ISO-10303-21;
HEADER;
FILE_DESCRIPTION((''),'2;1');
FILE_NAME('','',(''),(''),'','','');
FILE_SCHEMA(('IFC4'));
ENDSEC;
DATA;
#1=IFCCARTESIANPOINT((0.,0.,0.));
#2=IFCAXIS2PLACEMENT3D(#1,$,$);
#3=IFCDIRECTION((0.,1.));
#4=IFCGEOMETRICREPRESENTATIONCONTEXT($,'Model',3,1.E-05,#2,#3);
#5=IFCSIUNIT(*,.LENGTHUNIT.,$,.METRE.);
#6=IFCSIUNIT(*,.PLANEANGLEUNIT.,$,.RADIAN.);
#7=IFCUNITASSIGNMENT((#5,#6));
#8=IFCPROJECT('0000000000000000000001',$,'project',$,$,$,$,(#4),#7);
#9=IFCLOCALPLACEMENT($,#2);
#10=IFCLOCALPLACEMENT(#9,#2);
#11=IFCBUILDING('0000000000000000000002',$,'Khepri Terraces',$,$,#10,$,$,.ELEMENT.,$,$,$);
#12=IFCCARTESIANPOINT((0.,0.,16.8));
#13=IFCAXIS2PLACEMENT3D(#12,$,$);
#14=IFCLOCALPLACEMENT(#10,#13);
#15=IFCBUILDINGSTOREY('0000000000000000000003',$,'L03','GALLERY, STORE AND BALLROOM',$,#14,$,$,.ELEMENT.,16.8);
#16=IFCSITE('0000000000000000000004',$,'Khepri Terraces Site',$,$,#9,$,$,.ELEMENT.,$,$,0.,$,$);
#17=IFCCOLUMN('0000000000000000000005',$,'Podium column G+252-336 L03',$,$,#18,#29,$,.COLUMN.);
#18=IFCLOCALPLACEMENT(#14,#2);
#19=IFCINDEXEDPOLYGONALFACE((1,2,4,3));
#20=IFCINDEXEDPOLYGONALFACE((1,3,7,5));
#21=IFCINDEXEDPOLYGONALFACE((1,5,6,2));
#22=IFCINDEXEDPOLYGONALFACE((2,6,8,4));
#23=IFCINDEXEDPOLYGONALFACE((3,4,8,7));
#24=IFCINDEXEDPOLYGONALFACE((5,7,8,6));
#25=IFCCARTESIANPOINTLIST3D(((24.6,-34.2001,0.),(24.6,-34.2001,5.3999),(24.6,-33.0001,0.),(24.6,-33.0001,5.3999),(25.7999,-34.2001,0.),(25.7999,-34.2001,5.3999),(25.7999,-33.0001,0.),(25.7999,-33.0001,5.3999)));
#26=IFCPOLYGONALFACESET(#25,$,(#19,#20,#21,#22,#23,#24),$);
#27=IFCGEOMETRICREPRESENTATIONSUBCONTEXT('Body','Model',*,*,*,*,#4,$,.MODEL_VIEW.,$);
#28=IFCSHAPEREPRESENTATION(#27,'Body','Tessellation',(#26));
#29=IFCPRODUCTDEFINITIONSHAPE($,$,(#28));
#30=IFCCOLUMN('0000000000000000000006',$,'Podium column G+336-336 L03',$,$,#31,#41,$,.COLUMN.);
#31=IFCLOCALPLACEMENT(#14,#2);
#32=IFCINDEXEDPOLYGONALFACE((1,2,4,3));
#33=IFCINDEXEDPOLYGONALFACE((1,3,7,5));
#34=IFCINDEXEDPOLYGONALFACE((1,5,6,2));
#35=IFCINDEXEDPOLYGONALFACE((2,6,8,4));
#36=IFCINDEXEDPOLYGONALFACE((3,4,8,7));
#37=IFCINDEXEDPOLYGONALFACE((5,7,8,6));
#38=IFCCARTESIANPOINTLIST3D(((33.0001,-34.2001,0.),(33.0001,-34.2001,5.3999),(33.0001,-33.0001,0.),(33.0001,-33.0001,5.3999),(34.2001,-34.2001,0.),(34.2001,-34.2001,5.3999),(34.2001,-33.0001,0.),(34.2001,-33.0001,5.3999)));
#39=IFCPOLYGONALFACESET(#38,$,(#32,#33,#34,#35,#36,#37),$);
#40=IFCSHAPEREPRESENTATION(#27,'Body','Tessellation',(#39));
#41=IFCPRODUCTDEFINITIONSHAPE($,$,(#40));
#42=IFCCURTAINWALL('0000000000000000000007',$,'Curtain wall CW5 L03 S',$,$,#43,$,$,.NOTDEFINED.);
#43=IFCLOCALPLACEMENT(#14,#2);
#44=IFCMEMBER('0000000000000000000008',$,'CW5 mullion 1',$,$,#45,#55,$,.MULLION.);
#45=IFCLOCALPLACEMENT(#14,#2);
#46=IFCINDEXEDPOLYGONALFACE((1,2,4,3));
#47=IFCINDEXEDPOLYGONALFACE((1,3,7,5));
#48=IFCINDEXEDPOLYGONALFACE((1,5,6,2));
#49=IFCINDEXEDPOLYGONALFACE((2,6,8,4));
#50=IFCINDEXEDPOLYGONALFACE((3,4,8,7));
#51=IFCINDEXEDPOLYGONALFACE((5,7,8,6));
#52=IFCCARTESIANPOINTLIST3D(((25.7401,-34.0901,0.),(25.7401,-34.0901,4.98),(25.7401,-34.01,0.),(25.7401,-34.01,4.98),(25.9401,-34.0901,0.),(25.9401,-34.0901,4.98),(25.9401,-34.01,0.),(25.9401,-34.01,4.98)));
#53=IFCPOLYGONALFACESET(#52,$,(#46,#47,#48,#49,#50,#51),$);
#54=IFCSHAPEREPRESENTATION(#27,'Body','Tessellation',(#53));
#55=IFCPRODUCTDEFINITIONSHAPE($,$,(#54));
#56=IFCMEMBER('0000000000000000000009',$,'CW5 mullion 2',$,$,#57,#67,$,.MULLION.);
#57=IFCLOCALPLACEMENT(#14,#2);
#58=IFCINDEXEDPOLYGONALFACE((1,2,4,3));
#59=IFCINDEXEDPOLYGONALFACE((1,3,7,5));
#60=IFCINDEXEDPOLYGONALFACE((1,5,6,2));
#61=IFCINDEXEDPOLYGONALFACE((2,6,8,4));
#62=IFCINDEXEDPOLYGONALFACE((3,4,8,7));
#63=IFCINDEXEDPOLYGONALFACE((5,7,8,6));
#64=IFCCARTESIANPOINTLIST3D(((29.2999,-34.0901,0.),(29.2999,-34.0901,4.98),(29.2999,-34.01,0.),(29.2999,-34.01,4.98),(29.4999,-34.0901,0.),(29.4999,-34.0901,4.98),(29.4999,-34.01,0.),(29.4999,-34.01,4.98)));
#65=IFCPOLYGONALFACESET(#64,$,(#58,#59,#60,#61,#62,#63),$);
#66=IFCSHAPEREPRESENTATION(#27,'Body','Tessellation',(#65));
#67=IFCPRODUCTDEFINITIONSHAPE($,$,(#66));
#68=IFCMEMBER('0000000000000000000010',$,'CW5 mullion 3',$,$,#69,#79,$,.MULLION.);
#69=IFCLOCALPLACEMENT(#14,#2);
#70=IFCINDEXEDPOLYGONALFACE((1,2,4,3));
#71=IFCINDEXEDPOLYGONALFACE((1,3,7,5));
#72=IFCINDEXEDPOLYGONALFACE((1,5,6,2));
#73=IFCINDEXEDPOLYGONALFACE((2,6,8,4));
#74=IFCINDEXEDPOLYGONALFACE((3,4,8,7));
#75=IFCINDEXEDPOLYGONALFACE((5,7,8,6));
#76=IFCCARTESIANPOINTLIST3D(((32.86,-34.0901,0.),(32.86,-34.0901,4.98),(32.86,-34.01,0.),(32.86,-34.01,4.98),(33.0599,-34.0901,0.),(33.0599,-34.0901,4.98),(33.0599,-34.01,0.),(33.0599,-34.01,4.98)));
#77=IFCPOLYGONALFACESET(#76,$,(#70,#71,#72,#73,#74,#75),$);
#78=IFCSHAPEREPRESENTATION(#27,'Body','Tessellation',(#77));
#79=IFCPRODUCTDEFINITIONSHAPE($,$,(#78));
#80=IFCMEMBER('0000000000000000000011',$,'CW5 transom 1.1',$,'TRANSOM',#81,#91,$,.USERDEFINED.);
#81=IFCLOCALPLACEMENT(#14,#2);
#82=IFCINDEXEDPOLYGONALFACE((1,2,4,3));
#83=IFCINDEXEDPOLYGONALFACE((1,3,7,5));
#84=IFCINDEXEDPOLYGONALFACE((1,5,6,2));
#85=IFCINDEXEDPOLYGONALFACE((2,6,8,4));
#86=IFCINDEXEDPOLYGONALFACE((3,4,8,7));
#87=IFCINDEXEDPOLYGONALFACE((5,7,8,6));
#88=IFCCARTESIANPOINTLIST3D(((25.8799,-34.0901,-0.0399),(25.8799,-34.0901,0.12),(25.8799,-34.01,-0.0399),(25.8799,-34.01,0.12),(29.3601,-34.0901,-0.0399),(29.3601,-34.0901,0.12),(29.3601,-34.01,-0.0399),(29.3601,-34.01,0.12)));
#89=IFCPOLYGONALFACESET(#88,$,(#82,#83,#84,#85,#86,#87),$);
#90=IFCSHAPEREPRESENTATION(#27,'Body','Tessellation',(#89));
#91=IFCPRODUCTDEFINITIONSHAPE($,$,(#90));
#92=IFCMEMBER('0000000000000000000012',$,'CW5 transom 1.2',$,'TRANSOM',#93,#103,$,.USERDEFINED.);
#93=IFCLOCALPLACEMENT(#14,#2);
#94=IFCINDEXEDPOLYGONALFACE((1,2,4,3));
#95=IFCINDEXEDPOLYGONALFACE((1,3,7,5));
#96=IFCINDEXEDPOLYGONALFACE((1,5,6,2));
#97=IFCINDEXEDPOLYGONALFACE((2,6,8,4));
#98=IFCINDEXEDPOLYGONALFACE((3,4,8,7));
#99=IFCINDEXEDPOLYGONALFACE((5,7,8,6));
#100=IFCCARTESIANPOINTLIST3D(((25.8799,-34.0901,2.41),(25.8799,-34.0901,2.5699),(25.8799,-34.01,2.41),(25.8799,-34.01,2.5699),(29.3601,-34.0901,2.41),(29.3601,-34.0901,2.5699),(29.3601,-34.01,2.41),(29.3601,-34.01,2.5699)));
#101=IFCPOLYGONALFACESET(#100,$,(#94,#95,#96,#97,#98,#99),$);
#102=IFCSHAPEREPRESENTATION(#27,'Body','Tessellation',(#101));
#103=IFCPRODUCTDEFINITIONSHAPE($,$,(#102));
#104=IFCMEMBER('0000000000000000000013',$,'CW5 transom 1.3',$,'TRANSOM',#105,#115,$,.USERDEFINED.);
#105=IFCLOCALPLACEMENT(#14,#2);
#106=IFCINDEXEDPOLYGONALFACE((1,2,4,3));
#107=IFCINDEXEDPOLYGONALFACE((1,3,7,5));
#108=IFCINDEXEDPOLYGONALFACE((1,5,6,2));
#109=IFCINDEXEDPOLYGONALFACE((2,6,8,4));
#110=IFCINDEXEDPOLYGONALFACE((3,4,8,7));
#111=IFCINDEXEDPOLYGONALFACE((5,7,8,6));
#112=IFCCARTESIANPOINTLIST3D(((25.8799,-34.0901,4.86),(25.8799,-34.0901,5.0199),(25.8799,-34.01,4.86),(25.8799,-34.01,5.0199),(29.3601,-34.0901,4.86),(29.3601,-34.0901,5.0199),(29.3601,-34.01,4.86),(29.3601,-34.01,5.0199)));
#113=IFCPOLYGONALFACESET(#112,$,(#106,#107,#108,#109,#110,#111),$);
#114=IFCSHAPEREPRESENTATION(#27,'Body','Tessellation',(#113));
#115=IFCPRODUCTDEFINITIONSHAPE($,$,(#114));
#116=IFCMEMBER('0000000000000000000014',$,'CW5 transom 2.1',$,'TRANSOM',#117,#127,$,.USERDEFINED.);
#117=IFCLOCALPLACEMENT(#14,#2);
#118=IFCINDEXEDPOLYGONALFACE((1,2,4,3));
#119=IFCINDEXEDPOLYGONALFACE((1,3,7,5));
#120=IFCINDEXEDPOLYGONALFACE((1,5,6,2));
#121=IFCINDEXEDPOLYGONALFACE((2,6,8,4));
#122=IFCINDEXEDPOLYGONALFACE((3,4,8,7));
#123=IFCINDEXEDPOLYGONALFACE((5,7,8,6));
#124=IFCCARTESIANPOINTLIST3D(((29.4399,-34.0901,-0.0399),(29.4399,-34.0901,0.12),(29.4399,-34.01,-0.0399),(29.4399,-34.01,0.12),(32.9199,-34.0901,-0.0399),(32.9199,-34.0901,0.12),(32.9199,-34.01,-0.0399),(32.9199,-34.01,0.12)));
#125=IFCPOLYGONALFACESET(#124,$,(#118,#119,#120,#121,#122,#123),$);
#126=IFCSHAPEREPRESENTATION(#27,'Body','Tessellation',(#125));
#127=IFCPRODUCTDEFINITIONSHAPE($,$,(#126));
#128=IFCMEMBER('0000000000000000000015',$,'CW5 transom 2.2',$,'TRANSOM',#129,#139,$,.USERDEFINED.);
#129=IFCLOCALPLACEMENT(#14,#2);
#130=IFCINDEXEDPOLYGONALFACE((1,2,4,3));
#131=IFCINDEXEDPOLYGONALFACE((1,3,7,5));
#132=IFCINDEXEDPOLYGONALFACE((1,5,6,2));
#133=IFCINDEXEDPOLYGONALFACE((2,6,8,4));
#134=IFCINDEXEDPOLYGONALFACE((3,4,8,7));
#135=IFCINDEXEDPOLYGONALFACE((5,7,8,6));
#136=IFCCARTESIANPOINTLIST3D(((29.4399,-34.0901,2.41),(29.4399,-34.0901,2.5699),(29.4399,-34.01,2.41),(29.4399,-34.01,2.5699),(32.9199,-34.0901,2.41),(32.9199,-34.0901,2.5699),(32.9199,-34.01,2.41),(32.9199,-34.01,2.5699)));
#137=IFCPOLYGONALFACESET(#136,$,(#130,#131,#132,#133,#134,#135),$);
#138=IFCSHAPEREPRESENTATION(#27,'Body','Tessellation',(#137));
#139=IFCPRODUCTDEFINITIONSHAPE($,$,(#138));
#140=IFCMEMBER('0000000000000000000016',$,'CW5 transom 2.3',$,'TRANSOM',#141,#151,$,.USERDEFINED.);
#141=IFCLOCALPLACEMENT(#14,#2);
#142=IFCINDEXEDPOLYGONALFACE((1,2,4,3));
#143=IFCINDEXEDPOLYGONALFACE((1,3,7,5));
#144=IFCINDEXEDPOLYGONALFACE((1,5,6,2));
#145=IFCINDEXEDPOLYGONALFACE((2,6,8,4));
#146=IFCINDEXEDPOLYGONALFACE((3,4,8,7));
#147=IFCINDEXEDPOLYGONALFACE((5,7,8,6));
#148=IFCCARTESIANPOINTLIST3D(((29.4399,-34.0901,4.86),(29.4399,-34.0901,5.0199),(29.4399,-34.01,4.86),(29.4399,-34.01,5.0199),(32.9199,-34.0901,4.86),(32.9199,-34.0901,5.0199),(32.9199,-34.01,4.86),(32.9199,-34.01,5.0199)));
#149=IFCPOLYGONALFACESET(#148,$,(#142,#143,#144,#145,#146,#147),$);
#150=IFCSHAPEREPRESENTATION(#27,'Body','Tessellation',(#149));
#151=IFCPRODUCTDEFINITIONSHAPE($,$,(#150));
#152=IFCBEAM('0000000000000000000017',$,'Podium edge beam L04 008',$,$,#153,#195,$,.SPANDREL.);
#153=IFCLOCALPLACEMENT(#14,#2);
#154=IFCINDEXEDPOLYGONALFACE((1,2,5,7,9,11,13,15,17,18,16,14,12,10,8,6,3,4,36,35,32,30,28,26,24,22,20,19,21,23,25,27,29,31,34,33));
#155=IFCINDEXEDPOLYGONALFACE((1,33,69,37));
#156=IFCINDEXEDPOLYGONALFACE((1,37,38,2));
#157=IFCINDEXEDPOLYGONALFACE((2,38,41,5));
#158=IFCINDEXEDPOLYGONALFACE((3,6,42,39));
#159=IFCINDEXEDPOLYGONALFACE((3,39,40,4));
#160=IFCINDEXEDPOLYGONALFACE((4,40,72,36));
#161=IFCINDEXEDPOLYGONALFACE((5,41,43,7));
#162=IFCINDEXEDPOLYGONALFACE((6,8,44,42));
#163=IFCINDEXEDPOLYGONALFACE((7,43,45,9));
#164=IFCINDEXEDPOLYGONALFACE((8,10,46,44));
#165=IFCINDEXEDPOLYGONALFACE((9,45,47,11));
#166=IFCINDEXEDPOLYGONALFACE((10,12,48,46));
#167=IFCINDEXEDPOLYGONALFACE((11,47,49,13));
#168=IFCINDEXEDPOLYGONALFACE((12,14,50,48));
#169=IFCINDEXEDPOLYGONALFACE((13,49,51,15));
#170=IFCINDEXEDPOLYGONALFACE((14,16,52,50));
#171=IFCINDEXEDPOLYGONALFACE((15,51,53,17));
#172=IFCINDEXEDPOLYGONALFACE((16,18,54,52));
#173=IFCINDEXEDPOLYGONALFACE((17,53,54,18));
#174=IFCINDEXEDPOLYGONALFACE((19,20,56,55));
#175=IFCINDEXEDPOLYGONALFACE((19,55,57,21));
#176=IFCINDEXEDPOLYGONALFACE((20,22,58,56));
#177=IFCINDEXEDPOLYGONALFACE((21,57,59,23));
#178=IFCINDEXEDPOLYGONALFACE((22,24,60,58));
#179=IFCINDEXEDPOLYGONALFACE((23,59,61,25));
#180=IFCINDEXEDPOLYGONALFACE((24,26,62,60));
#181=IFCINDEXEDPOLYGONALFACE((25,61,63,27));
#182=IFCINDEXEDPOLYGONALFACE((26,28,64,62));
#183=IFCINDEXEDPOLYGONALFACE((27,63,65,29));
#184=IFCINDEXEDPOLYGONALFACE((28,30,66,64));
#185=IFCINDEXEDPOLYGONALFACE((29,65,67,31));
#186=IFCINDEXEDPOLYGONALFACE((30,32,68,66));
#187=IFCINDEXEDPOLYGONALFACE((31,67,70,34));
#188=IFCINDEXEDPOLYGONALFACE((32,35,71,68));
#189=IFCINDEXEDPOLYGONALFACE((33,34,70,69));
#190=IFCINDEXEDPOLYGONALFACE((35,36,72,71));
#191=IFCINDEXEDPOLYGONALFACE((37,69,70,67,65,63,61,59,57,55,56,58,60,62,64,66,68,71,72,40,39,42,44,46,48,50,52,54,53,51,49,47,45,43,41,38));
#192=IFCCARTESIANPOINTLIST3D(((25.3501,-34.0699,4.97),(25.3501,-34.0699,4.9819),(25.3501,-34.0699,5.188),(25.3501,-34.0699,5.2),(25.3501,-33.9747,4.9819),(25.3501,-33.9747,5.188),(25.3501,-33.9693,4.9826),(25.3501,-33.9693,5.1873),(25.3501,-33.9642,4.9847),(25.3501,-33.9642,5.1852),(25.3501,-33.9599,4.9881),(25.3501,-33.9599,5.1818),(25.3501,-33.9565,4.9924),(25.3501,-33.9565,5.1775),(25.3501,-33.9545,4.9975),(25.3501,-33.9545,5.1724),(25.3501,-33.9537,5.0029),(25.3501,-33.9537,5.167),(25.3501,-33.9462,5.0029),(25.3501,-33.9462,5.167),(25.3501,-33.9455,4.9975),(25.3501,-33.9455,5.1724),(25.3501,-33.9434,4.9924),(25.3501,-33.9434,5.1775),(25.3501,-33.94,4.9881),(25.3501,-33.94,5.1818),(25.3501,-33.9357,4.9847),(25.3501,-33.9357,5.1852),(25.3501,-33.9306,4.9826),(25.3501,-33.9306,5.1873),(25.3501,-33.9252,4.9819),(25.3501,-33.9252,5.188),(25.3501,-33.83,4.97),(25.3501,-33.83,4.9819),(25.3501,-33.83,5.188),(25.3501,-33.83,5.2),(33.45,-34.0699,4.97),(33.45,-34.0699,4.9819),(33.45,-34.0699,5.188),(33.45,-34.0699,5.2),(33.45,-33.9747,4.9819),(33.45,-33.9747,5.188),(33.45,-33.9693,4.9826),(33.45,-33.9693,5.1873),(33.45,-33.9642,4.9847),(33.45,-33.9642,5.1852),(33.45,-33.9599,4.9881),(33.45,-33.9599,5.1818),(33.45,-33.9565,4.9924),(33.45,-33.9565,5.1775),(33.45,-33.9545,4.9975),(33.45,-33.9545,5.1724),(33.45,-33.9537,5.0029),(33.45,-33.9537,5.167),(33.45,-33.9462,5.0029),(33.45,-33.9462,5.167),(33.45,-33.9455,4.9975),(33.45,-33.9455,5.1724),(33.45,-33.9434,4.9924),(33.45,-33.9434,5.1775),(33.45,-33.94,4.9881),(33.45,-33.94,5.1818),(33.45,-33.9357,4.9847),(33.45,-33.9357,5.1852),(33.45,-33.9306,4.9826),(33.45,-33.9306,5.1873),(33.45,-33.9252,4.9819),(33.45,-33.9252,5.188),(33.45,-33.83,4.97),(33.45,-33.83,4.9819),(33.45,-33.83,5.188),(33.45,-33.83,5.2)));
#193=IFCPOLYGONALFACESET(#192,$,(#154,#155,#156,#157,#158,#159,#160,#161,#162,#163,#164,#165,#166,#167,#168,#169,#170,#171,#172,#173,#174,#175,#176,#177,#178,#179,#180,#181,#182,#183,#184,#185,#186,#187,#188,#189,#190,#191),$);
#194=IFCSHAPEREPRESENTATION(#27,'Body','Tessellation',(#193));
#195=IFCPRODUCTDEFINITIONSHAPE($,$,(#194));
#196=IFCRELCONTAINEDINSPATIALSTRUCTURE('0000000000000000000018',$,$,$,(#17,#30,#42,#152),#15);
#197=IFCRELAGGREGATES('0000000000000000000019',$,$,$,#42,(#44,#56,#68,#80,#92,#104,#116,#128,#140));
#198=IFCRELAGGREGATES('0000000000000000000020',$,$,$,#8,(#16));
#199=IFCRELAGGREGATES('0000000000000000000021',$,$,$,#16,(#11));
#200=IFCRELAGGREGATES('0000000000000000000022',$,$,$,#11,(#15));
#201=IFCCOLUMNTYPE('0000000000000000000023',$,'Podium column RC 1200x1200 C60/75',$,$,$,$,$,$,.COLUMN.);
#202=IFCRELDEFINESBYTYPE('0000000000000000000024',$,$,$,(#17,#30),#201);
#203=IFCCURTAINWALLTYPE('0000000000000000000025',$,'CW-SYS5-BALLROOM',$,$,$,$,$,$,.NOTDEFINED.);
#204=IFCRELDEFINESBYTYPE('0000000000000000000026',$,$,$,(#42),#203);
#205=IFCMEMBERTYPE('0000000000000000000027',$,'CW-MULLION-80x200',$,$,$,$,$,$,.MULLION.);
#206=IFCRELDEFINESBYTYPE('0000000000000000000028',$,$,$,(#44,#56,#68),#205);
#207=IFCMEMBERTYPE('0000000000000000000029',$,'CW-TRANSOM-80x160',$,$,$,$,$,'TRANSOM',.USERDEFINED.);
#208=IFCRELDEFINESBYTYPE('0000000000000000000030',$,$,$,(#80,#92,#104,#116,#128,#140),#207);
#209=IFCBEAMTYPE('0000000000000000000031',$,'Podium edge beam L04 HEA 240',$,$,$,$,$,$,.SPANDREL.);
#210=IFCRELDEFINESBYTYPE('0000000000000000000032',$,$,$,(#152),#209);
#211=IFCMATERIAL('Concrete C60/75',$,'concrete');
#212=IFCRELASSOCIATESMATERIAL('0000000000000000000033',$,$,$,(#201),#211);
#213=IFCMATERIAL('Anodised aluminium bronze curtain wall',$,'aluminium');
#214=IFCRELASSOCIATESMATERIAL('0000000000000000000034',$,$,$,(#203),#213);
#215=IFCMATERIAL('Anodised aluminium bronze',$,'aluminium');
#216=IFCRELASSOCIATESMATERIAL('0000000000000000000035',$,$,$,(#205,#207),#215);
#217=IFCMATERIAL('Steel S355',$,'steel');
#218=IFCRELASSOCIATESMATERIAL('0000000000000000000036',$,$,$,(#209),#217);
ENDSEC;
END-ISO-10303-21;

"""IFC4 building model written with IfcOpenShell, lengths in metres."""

from ifc_helpers import new_model, si_unit, direction, frame, origin, origin_2d, place, context, subcontext, project, spatial, rectangle, i_section, extrude, material, material_profile, profile_set, type_object, element, aggregate, save


model = new_model("IFC4")

# Units and contexts
model_context = context("Model", 3, precision=1e-05, world=origin(), true_north=direction((0.0, 1.0)))
body_context = subcontext(model_context, "Body", "Model", "MODEL_VIEW")
ifc_project = project(units=[si_unit("LENGTHUNIT", "METRE"), si_unit("PLANEANGLEUNIT", "RADIAN")], contexts=[model_context])

# Site, building, storey
site_placement = place(None, origin())
site = spatial("IfcSite", under=ifc_project, at=site_placement, Name="Khepri Terraces Site", CompositionType="ELEMENT", RefElevation=0.0)
building_placement = place(site_placement, origin())
building = spatial("IfcBuilding", under=site, at=building_placement, Name="Khepri Terraces", CompositionType="ELEMENT")
storey_placement = place(building_placement, frame((0.0, 0.0, 16.8)))
storey = spatial("IfcBuildingStorey", under=building, at=storey_placement, Name="L03", Description="GALLERY, STORE AND BALLROOM", CompositionType="ELEMENT", Elevation=16.8)

# Columns
ifc_material_1 = material(Name="Concrete C60/75", Category="concrete")
ifc_material_profile_1 = material_profile(ifc_material_1, rectangle(XDim=1.2, YDim=1.2, at=origin_2d()), Name="Concrete C60/75", Category="concrete")
ifc_profile_set_1 = profile_set([ifc_material_profile_1], Name="Concrete C60/75")
column_type = type_object("IfcColumnType", Name="Podium column RC 1200x1200 C60/75", PredefinedType="COLUMN", material=ifc_profile_set_1)
for number, where, z_axis, x_axis, name in (
    (1, (25.2, -33.6001, 0.0), (0.0, 0.0, 1.0), (1.0, 0.0, 0.0), "Podium column G+252-336 L03"),
    (2, (33.6001, -33.6001, 0.0), (0.0, 0.0, 1.0), (1.0, 0.0, 0.0), "Podium column G+336-336 L03"),
):
    element("IfcColumn", number, at=place(storey_placement, frame(where, z_axis=z_axis, x_axis=x_axis)), inside=storey, type_object=column_type, Name=name, PredefinedType="COLUMN", context=body_context, shape_type="SweptSolid", body=[
        extrude(rectangle(XDim=1.2, YDim=1.2, at=origin_2d()), origin(), (0.0, 0.0, 1.0), 5.3999),
    ])

# Curtain wall, members
ifc_material_2 = material(Name="Anodised aluminium bronze curtain wall", Category="aluminium")
curtain_wall_type = type_object("IfcCurtainWallType", Name="CW-SYS5-BALLROOM", PredefinedType="NOTDEFINED", material=ifc_material_2)
curtain_wall_placement = place(storey_placement, origin())
curtain_wall = element("IfcCurtainWall", 3, at=curtain_wall_placement, inside=storey, type_object=curtain_wall_type, Name="Curtain wall CW5 L03 S", PredefinedType="NOTDEFINED")
ifc_material_3 = material(Name="Anodised aluminium bronze", Category="aluminium")
ifc_material_profile_2 = material_profile(ifc_material_3, rectangle(XDim=0.0801, YDim=0.2, at=origin_2d()), Name="Anodised aluminium bronze", Category="aluminium")
ifc_profile_set_2 = profile_set([ifc_material_profile_2], Name="Anodised aluminium bronze")
member_type_1 = type_object("IfcMemberType", Name="CW-MULLION-80x200", PredefinedType="MULLION", material=ifc_profile_set_2)
member_1_placement = place(storey_placement, frame((25.8401, -34.05, 0.0), z_axis=(0.0, 0.0, 1.0), x_axis=(0.0, 1.0, 0.0)))
member_1 = element("IfcMember", 4, at=member_1_placement, type_object=member_type_1, Name="CW5 mullion 1", PredefinedType="MULLION", context=body_context, shape_type="SweptSolid", body=[
    extrude(rectangle(XDim=0.0801, YDim=0.2, at=origin_2d()), origin(), (0.0, 0.0, 1.0), 4.98),
])
member_2_placement = place(storey_placement, frame((29.3999, -34.05, 0.0), z_axis=(0.0, 0.0, 1.0), x_axis=(0.0, 1.0, 0.0)))
member_2 = element("IfcMember", 5, at=member_2_placement, type_object=member_type_1, Name="CW5 mullion 2", PredefinedType="MULLION", context=body_context, shape_type="SweptSolid", body=[
    extrude(rectangle(XDim=0.0801, YDim=0.2, at=origin_2d()), origin(), (0.0, 0.0, 1.0), 4.98),
])
member_3_placement = place(storey_placement, frame((32.96, -34.05, 0.0), z_axis=(0.0, 0.0, 1.0), x_axis=(0.0, 1.0, 0.0)))
member_3 = element("IfcMember", 6, at=member_3_placement, type_object=member_type_1, Name="CW5 mullion 3", PredefinedType="MULLION", context=body_context, shape_type="SweptSolid", body=[
    extrude(rectangle(XDim=0.0801, YDim=0.2, at=origin_2d()), origin(), (0.0, 0.0, 1.0), 4.98),
])
ifc_material_profile_3 = material_profile(ifc_material_3, rectangle(XDim=0.0801, YDim=0.1599, at=origin_2d()), Name="Anodised aluminium bronze", Category="aluminium")
ifc_profile_set_3 = profile_set([ifc_material_profile_3], Name="Anodised aluminium bronze")
member_type_2 = type_object("IfcMemberType", Name="CW-TRANSOM-80x160", ElementType="TRANSOM", PredefinedType="USERDEFINED", material=ifc_profile_set_3)
member_4_placement = place(storey_placement, frame((25.8799, -34.05, 0.04), z_axis=(1.0, 0.0, 0.0), x_axis=(0.0, 1.0, 0.0)))
member_4 = element("IfcMember", 7, at=member_4_placement, type_object=member_type_2, Name="CW5 transom 1.1", ObjectType="TRANSOM", PredefinedType="USERDEFINED", context=body_context, shape_type="SweptSolid", body=[
    extrude(rectangle(XDim=0.0801, YDim=0.1599, at=origin_2d()), origin(), (0.0, 0.0, 1.0), 3.4802),
])
member_5_placement = place(storey_placement, frame((25.8799, -34.05, 2.49), z_axis=(1.0, 0.0, 0.0), x_axis=(0.0, 1.0, 0.0)))
member_5 = element("IfcMember", 8, at=member_5_placement, type_object=member_type_2, Name="CW5 transom 1.2", ObjectType="TRANSOM", PredefinedType="USERDEFINED", context=body_context, shape_type="SweptSolid", body=[
    extrude(rectangle(XDim=0.0801, YDim=0.1599, at=origin_2d()), origin(), (0.0, 0.0, 1.0), 3.4802),
])
member_6_placement = place(storey_placement, frame((25.8799, -34.05, 4.9399), z_axis=(1.0, 0.0, 0.0), x_axis=(0.0, 1.0, 0.0)))
member_6 = element("IfcMember", 9, at=member_6_placement, type_object=member_type_2, Name="CW5 transom 1.3", ObjectType="TRANSOM", PredefinedType="USERDEFINED", context=body_context, shape_type="SweptSolid", body=[
    extrude(rectangle(XDim=0.0801, YDim=0.1599, at=origin_2d()), origin(), (0.0, 0.0, 1.0), 3.4802),
])
member_7_placement = place(storey_placement, frame((29.4399, -34.05, 0.04), z_axis=(1.0, 0.0, 0.0), x_axis=(0.0, 1.0, 0.0)))
member_7 = element("IfcMember", 10, at=member_7_placement, type_object=member_type_2, Name="CW5 transom 2.1", ObjectType="TRANSOM", PredefinedType="USERDEFINED", context=body_context, shape_type="SweptSolid", body=[
    extrude(rectangle(XDim=0.0801, YDim=0.1599, at=origin_2d()), origin(), (0.0, 0.0, 1.0), 3.48),
])
member_8_placement = place(storey_placement, frame((29.4399, -34.05, 2.49), z_axis=(1.0, 0.0, 0.0), x_axis=(0.0, 1.0, 0.0)))
member_8 = element("IfcMember", 11, at=member_8_placement, type_object=member_type_2, Name="CW5 transom 2.2", ObjectType="TRANSOM", PredefinedType="USERDEFINED", context=body_context, shape_type="SweptSolid", body=[
    extrude(rectangle(XDim=0.0801, YDim=0.1599, at=origin_2d()), origin(), (0.0, 0.0, 1.0), 3.48),
])
member_9_placement = place(storey_placement, frame((29.4399, -34.05, 4.9399), z_axis=(1.0, 0.0, 0.0), x_axis=(0.0, 1.0, 0.0)))
member_9 = element("IfcMember", 12, at=member_9_placement, type_object=member_type_2, Name="CW5 transom 2.3", ObjectType="TRANSOM", PredefinedType="USERDEFINED", context=body_context, shape_type="SweptSolid", body=[
    extrude(rectangle(XDim=0.0801, YDim=0.1599, at=origin_2d()), origin(), (0.0, 0.0, 1.0), 3.48),
])

# Beam
ifc_material_4 = material(Name="Steel S355", Category="steel")
ifc_material_profile_4 = material_profile(ifc_material_4, i_section(OverallWidth=0.24, OverallDepth=0.23, WebThickness=0.0076, FlangeThickness=0.012, FilletRadius=0.021, at=origin_2d()), Name="Steel S355", Category="steel")
ifc_profile_set_4 = profile_set([ifc_material_profile_4], Name="Steel S355")
beam_type_1 = type_object("IfcBeamType", Name="Podium edge beam L04 HEA 240", PredefinedType="SPANDREL", material=ifc_profile_set_4)
beam_1_placement = place(storey_placement, frame((25.3501, -33.95, 5.085), z_axis=(1.0, 0.0, 0.0), x_axis=(0.0, 1.0, 0.0)))
element("IfcBeam", 13, at=beam_1_placement, inside=storey, type_object=beam_type_1, Name="Podium edge beam L04 008", PredefinedType="SPANDREL", context=body_context, shape_type="SweptSolid", body=[
    extrude(i_section(OverallWidth=0.24, OverallDepth=0.23, WebThickness=0.0076, FlangeThickness=0.012, FilletRadius=0.021, at=origin_2d()), origin(), (0.0, 0.0, 1.0), 8.0999),
])

aggregate(curtain_wall, [member_1, member_2, member_3, member_4, member_5, member_6, member_7, member_8, member_9])

save(model, "model.ifc")
